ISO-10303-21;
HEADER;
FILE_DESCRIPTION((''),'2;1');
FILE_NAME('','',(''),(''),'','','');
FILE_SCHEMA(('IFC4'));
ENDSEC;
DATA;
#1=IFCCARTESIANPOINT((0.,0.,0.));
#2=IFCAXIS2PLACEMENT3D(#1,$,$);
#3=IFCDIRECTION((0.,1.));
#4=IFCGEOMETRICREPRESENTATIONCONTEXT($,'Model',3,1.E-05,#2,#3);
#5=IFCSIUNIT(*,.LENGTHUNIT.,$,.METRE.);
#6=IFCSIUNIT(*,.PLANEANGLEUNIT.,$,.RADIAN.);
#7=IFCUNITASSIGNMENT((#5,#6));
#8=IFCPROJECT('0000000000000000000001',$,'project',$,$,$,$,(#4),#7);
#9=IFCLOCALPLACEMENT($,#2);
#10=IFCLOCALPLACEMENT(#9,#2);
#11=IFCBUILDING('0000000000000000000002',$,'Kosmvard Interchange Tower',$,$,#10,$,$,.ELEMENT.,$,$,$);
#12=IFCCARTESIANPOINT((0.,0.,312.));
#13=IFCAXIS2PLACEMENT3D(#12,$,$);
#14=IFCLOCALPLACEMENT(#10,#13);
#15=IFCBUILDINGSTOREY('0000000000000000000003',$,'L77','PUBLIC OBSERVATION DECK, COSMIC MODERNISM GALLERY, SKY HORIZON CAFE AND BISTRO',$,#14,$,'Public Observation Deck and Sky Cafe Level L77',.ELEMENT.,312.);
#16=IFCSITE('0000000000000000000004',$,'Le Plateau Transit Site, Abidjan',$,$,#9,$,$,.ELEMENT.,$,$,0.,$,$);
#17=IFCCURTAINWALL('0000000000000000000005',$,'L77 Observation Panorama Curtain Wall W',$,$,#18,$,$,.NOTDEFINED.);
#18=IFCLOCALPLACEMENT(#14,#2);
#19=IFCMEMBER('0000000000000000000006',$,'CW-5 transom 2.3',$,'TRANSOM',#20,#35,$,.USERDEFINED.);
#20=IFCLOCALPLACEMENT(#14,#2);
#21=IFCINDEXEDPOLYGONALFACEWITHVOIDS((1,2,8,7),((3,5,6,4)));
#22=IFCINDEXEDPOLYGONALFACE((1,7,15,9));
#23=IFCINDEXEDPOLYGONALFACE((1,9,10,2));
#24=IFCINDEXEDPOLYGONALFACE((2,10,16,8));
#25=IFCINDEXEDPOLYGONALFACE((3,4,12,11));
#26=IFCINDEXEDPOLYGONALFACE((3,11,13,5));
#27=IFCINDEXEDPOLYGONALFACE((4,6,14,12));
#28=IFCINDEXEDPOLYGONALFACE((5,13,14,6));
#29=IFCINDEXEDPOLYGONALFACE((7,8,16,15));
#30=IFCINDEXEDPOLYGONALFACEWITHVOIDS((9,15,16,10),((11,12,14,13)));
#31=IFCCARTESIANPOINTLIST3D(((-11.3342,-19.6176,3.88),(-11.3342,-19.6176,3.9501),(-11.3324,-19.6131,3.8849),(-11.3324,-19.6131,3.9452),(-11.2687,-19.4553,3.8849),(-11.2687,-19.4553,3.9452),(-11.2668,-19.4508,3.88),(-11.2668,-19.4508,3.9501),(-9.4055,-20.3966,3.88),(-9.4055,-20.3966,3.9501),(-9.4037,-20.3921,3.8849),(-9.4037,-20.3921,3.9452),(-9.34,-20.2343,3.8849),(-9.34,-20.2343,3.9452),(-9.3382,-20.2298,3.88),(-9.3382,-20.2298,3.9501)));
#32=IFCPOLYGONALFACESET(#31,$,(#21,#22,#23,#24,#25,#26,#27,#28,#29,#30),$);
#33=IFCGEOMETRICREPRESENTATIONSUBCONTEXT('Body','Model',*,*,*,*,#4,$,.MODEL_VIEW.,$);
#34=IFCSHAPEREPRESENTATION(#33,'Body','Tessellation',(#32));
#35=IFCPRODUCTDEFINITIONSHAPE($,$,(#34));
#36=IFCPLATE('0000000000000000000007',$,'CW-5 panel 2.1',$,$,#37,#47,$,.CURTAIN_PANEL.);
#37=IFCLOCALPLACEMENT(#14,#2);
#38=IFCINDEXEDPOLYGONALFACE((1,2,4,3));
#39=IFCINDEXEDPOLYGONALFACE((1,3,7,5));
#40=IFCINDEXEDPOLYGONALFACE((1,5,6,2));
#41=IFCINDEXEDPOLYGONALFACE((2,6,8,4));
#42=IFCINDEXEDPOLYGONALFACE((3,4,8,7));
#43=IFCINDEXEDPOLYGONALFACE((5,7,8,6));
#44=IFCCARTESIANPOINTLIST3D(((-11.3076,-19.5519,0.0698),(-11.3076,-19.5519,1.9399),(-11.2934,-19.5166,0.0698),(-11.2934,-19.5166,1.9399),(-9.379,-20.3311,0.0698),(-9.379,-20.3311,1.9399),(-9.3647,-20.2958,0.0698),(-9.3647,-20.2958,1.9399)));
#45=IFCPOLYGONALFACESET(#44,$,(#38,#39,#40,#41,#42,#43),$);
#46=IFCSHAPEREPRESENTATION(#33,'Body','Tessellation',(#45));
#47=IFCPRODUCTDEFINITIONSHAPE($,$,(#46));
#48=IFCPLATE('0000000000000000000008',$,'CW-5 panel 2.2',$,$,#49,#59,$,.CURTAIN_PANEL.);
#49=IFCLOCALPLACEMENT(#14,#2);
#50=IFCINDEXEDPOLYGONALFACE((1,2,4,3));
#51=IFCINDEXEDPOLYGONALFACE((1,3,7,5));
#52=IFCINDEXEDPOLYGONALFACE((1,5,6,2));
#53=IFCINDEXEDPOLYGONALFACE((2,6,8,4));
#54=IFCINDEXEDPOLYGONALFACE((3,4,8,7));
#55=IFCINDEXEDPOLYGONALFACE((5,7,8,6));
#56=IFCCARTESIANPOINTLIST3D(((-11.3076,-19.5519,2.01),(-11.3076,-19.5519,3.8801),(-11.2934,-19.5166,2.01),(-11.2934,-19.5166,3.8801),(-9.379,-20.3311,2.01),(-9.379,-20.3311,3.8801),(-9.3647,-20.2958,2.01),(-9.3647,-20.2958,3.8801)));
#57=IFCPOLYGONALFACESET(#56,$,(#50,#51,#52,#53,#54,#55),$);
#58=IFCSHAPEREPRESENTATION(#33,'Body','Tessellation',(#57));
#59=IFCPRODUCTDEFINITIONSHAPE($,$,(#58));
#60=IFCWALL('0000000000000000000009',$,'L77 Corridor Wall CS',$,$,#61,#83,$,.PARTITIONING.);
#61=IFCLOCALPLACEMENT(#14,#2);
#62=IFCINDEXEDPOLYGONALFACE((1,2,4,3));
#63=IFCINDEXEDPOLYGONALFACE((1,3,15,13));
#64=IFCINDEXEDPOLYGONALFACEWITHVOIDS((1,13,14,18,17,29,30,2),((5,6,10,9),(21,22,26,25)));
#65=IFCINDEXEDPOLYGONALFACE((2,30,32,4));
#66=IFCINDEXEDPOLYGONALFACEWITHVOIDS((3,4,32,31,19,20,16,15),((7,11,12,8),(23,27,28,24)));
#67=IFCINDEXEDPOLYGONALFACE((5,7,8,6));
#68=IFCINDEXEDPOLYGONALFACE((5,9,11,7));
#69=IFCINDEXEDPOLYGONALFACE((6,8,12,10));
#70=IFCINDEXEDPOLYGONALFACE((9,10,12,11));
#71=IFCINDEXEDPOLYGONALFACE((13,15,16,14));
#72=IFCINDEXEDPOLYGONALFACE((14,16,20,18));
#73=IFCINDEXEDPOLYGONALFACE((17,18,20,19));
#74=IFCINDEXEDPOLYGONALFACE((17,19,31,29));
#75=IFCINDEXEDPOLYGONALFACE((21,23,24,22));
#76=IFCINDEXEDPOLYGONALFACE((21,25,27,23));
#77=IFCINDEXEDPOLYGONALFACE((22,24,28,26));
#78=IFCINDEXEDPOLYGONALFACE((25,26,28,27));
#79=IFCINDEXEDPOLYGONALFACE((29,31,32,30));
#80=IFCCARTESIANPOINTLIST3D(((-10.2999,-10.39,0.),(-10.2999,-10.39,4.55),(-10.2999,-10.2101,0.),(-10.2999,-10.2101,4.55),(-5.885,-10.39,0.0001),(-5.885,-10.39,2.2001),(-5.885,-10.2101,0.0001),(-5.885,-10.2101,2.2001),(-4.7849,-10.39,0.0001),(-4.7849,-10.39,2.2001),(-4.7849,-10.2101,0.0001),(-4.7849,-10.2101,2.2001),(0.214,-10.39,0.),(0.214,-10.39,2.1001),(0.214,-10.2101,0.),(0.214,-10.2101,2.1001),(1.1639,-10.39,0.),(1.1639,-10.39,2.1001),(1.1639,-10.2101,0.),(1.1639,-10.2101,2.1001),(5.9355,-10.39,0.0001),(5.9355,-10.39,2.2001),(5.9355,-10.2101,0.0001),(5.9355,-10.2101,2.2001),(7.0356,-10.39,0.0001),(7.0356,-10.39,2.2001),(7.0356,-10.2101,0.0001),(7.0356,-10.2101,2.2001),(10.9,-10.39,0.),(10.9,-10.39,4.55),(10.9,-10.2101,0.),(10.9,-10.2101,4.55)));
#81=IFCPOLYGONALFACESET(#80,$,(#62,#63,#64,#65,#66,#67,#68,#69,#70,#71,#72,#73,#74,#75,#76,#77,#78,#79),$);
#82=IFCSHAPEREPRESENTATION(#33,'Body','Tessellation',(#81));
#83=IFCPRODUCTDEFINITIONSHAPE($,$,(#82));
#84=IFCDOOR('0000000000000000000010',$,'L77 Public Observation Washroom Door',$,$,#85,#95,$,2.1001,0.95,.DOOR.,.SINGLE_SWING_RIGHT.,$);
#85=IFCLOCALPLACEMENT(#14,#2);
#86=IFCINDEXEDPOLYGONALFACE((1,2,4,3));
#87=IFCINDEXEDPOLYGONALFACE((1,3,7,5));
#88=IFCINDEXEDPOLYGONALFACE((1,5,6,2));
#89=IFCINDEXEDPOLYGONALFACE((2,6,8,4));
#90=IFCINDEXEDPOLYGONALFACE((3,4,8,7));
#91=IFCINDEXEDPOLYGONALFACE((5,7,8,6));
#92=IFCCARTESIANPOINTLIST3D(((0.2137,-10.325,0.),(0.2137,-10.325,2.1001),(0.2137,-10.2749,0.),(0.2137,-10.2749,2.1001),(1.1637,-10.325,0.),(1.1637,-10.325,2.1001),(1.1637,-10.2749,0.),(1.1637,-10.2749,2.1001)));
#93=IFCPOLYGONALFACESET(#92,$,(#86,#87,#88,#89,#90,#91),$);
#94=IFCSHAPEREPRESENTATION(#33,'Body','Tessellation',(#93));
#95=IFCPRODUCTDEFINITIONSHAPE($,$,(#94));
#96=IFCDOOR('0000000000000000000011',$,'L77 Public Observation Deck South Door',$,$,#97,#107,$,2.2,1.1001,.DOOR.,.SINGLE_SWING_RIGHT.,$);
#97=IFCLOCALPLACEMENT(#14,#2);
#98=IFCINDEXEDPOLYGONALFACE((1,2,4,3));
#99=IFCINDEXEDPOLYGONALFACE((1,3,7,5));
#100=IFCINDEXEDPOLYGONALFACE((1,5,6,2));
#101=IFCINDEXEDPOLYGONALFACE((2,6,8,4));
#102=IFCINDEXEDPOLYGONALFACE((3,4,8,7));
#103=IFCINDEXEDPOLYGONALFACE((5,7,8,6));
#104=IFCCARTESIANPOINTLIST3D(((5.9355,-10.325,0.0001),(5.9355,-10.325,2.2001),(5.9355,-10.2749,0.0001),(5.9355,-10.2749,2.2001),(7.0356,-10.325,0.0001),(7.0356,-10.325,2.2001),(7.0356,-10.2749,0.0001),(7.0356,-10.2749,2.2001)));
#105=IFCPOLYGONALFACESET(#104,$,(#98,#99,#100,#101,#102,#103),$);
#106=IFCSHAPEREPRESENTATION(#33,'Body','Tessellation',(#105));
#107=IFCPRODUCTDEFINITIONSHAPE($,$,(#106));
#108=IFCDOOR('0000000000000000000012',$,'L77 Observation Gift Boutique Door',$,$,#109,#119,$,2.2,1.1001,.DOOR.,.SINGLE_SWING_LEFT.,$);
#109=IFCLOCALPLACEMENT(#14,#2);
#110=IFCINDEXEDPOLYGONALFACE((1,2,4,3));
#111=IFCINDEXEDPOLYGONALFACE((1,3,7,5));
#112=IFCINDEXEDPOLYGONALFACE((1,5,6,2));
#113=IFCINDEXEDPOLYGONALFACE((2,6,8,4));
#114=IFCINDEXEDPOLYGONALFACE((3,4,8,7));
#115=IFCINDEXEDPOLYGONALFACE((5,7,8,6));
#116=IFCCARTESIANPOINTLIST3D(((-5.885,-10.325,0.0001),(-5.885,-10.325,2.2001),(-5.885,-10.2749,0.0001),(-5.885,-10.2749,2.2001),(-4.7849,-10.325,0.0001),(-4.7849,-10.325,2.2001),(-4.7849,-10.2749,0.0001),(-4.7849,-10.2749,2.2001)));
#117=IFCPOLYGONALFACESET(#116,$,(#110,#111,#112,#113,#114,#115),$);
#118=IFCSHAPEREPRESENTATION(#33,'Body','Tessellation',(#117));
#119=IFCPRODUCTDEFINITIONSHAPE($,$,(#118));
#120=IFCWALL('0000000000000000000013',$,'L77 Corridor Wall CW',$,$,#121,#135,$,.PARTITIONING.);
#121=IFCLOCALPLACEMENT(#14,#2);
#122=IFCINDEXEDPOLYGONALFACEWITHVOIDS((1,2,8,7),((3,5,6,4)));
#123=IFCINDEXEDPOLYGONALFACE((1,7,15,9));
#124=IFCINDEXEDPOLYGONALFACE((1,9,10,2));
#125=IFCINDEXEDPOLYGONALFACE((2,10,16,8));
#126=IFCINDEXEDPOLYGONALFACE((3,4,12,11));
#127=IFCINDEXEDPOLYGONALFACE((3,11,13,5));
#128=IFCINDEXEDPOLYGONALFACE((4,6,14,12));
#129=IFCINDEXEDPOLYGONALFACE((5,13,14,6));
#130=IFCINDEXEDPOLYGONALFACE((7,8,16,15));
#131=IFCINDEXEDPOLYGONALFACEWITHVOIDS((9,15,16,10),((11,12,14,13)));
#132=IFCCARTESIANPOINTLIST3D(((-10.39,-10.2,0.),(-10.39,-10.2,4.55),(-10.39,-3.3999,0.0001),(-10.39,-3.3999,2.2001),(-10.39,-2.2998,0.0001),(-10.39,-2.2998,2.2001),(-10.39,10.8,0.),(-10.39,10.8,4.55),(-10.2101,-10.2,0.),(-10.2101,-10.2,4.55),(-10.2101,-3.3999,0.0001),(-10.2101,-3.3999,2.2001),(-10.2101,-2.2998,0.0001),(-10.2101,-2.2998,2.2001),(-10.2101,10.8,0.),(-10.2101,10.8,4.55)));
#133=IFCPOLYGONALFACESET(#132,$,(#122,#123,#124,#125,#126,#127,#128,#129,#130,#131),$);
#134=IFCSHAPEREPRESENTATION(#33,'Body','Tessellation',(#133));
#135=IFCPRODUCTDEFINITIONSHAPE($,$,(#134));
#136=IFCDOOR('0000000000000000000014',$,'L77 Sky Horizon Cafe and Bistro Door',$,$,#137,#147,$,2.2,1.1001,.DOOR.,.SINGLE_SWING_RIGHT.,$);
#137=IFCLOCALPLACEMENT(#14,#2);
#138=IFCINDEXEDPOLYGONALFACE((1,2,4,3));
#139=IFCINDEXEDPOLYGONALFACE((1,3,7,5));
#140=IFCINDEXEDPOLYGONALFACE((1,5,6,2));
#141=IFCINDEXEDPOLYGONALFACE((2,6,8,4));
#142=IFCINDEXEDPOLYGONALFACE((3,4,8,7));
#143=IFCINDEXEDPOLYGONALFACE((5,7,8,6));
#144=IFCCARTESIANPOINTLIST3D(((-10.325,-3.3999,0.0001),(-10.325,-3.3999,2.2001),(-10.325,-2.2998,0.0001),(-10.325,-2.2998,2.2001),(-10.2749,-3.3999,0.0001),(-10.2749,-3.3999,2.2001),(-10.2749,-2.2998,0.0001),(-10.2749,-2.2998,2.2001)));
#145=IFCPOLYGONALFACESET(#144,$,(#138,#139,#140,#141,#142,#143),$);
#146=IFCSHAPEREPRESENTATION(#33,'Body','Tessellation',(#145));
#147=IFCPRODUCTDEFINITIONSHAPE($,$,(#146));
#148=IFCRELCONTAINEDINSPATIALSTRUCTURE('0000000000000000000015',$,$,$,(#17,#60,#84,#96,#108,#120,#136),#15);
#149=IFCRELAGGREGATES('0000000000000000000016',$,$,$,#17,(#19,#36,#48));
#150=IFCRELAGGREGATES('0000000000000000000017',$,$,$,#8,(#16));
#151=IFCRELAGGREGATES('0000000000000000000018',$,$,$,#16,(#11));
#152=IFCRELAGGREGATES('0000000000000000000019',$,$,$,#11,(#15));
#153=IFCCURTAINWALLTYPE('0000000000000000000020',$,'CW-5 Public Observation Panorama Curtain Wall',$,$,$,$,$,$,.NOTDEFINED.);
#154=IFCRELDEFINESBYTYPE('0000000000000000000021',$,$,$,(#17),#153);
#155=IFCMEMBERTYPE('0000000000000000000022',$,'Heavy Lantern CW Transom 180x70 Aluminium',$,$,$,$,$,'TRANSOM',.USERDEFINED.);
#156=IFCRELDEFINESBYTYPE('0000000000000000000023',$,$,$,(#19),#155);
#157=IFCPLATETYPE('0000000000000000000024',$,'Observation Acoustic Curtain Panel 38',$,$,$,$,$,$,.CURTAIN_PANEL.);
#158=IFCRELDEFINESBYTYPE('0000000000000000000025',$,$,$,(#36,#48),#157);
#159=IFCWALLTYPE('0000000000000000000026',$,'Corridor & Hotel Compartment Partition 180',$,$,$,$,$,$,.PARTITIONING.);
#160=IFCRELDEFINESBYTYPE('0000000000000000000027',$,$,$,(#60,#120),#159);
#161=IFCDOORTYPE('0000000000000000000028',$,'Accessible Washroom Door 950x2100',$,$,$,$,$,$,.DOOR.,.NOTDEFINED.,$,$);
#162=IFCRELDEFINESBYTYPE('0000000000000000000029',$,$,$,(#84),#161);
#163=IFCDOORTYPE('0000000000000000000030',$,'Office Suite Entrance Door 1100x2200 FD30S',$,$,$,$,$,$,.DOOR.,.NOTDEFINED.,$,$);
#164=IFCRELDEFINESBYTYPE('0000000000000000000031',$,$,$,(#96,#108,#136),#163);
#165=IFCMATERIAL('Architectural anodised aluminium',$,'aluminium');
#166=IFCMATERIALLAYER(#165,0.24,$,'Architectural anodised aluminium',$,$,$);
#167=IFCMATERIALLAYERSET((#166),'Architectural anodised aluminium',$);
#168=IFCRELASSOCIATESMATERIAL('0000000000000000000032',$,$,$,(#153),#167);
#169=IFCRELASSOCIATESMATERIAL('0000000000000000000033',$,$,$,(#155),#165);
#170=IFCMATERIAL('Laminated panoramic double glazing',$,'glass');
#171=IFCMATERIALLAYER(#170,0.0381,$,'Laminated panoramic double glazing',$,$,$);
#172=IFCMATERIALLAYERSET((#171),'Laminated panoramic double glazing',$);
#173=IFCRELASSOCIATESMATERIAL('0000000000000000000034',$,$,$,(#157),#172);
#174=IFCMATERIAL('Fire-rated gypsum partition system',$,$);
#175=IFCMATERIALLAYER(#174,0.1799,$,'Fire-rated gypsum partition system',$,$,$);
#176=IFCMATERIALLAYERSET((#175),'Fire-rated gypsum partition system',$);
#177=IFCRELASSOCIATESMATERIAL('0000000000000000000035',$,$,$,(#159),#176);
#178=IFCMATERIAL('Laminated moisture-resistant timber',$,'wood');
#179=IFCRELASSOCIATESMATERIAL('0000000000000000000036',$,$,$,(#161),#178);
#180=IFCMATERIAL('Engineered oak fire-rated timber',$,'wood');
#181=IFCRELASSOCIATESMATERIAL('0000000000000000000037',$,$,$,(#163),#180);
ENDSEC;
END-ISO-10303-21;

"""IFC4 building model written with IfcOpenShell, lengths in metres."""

from ifc_helpers import new_model, si_unit, direction, frame, frame_2d, origin, origin_2d, place, context, subcontext, project, spatial, rectangle, hollow_rectangle, extrude, source, transform, mapped, material, layer, layer_set, material_profile, profile_set, type_object, element, fill, aggregate, save


model = new_model("IFC4")

# Units and contexts
model_context = context("Model", 3, precision=1e-05, world=origin(), true_north=direction((0.0, 1.0)))
body_context = subcontext(model_context, "Body", "Model", "MODEL_VIEW")
ifc_project = project(units=[si_unit("LENGTHUNIT", "METRE"), si_unit("PLANEANGLEUNIT", "RADIAN")], contexts=[model_context])

# Site, building, storey
site_placement = place(None, origin())
site = spatial("IfcSite", under=ifc_project, at=site_placement, Name="Le Plateau Transit Site, Abidjan", CompositionType="ELEMENT", RefElevation=0.0)
building_placement = place(site_placement, origin())
building = spatial("IfcBuilding", under=site, at=building_placement, Name="Kosmvard Interchange Tower", CompositionType="ELEMENT")
storey_placement = place(building_placement, frame((0.0, 0.0, 312.0)))
storey = spatial("IfcBuildingStorey", under=building, at=storey_placement, Name="L77", Description="PUBLIC OBSERVATION DECK, COSMIC MODERNISM GALLERY, SKY HORIZON CAFE AND BISTRO", LongName="Public Observation Deck and Sky Cafe Level L77", CompositionType="ELEMENT", Elevation=312.0)

# Curtain wall, member, plates
ifc_material_1 = material(Name="Architectural anodised aluminium", Category="aluminium")
ifc_layer_1 = layer(ifc_material_1, 0.24, Name="Architectural anodised aluminium")
ifc_layer_set_1 = layer_set([ifc_layer_1], Name="Architectural anodised aluminium")
curtain_wall_type = type_object("IfcCurtainWallType", Name="CW-5 Public Observation Panorama Curtain Wall", PredefinedType="NOTDEFINED", material=ifc_layer_set_1)
curtain_wall_placement = place(storey_placement, origin())
curtain_wall = element("IfcCurtainWall", 1, at=curtain_wall_placement, inside=storey, type_object=curtain_wall_type, Name="L77 Observation Panorama Curtain Wall W", PredefinedType="NOTDEFINED")
ifc_material_profile_1 = material_profile(ifc_material_1, hollow_rectangle(XDim=0.1799, YDim=0.0701, WallThickness=0.0049, at=origin_2d()), Name="CWT 180x70x5")
ifc_profile_set_1 = profile_set([ifc_material_profile_1], Name="Architectural anodised aluminium")
member_type_1 = type_object("IfcMemberType", Name="Heavy Lantern CW Transom 180x70 Aluminium", ElementType="TRANSOM", PredefinedType="USERDEFINED", material=ifc_profile_set_1)
shared_shape_1 = source(origin(), body_context, "Body", "SweptSolid", [
    extrude(hollow_rectangle(XDim=0.1799, YDim=0.0701, WallThickness=0.0049, at=origin_2d()), origin(), (0.0, 0.0, 1.0), 2.0801),
])
member_1_placement = place(storey_placement, frame((-11.3005, -19.5342, 3.915), z_axis=(0.927217, -0.374525, 0.0), x_axis=(0.374525, 0.927217, 0.0)))
member_1 = element("IfcMember", 2, at=member_1_placement, type_object=member_type_1, Name="CW-5 transom 2.3", ObjectType="TRANSOM", PredefinedType="USERDEFINED", context=body_context, shape_type="MappedRepresentation", body=[
    mapped(shared_shape_1, transform((0.0, 0.0, 0.0), scale=1.0)),
])
ifc_material_2 = material(Name="Laminated panoramic double glazing", Category="glass")
ifc_layer_2 = layer(ifc_material_2, 0.0381, Name="Laminated panoramic double glazing")
ifc_layer_set_2 = layer_set([ifc_layer_2], Name="Laminated panoramic double glazing")
plate_type = type_object("IfcPlateType", Name="Observation Acoustic Curtain Panel 38", PredefinedType="CURTAIN_PANEL", material=ifc_layer_set_2)
shared_shape_2 = source(origin(), body_context, "Body", "SweptSolid", [
    extrude(rectangle(XDim=2.0801, YDim=0.0381, at=origin_2d()), origin(), (0.0, 0.0, 1.0), 1.8701),
])
plate_1_placement = place(storey_placement, frame((-10.3362, -19.9238, 0.0698), z_axis=(0.0, 0.0, 1.0), x_axis=(0.927184, -0.374607, 0.0)))
plate_1 = element("IfcPlate", 3, at=plate_1_placement, type_object=plate_type, Name="CW-5 panel 2.1", PredefinedType="CURTAIN_PANEL", context=body_context, shape_type="MappedRepresentation", body=[
    mapped(shared_shape_2, transform((0.0, 0.0, 0.0), scale=1.0)),
])
plate_2_placement = place(storey_placement, frame((-10.3362, -19.9238, 2.01), z_axis=(0.0, 0.0, 1.0), x_axis=(0.927184, -0.374607, 0.0)))
plate_2 = element("IfcPlate", 4, at=plate_2_placement, type_object=plate_type, Name="CW-5 panel 2.2", PredefinedType="CURTAIN_PANEL", context=body_context, shape_type="MappedRepresentation", body=[
    mapped(shared_shape_2, transform((0.0, 0.0, 0.0), scale=1.0)),
])
aggregate(curtain_wall, [member_1, plate_1, plate_2])

# Wall, openings, doors
ifc_material_3 = material(Name="Fire-rated gypsum partition system")
ifc_layer_3 = layer(ifc_material_3, 0.1799, Name="Fire-rated gypsum partition system")
ifc_layer_set_3 = layer_set([ifc_layer_3], Name="Fire-rated gypsum partition system")
wall_type_1 = type_object("IfcWallType", Name="Corridor & Hotel Compartment Partition 180", PredefinedType="PARTITIONING", material=ifc_layer_set_3)
wall_1_placement = place(storey_placement, frame((-10.3, -10.3, 0.0), z_axis=(0.0, 0.0, 1.0), x_axis=(1.0, 0.0, 0.0)))
wall_1 = element("IfcWall", 5, at=wall_1_placement, inside=storey, type_object=wall_type_1, Name="L77 Corridor Wall CS", PredefinedType="PARTITIONING", context=body_context, shape_type="SweptSolid", body=[
    extrude(rectangle(XDim=21.2, YDim=0.1799, at=frame_2d((10.6001, 0.0))), origin(), (0.0, 0.0, 1.0), 4.55),
])
opening_1_placement = place(wall_1_placement, frame((10.5139, 0.0, 0.0)))
opening_1 = element("IfcOpeningElement", 6, at=opening_1_placement, cuts=wall_1, PredefinedType="OPENING", context=body_context, shape_type="SweptSolid", body=[
    extrude(rectangle(XDim=0.95, YDim=2.1001, at=frame_2d((0.4751, 1.05))), frame((0.0, 0.1001, 0.0), z_axis=(0.0, -1.0, 0.0), x_axis=(1.0, 0.0, 0.0)), (0.0, 0.0, 1.0), 0.2),
])
opening_2_placement = place(wall_1_placement, frame((16.2356, 0.0, 0.0)))
opening_2 = element("IfcOpeningElement", 7, at=opening_2_placement, cuts=wall_1, PredefinedType="OPENING", context=body_context, shape_type="SweptSolid", body=[
    extrude(rectangle(XDim=1.1001, YDim=2.2, at=frame_2d((0.55, 1.1001))), frame((0.0, 0.1001, 0.0), z_axis=(0.0, -1.0, 0.0), x_axis=(1.0, 0.0, 0.0)), (0.0, 0.0, 1.0), 0.2),
])
opening_3_placement = place(wall_1_placement, frame((4.415, 0.0, 0.0)))
opening_3 = element("IfcOpeningElement", 8, at=opening_3_placement, cuts=wall_1, PredefinedType="OPENING", context=body_context, shape_type="SweptSolid", body=[
    extrude(rectangle(XDim=1.1001, YDim=2.2, at=frame_2d((0.55, 1.1001))), frame((0.0, 0.1001, 0.0), z_axis=(0.0, -1.0, 0.0), x_axis=(1.0, 0.0, 0.0)), (0.0, 0.0, 1.0), 0.2),
])
ifc_material_4 = material(Name="Laminated moisture-resistant timber", Category="wood")
door_type_1 = type_object("IfcDoorType", Name="Accessible Washroom Door 950x2100", OperationType="NOTDEFINED", PredefinedType="DOOR", material=ifc_material_4)
shared_shape_3 = source(origin(), body_context, "Body", "SweptSolid", [
    extrude(rectangle(XDim=0.95, YDim=2.1001, at=frame_2d((0.4751, 1.05))), frame((0.0, 0.0249, 0.0), z_axis=(0.0, -1.0, 0.0), x_axis=(1.0, 0.0, 0.0)), (0.0, 0.0, 1.0), 0.05),
])
door_1_placement = place(opening_1_placement, frame((0.95, 0.0, 0.0), z_axis=(0.0, 0.0, 1.0), x_axis=(-1.0, 0.0, 0.0)))
door_1 = element("IfcDoor", 9, at=door_1_placement, inside=storey, type_object=door_type_1, Name="L77 Public Observation Washroom Door", OperationType="SINGLE_SWING_RIGHT", OverallHeight=2.1001, OverallWidth=0.95, PredefinedType="DOOR", context=body_context, shape_type="MappedRepresentation", body=[
    mapped(shared_shape_3, transform((0.0, 0.0, 0.0), scale=1.0)),
])
fill(opening_1, door_1)
ifc_material_5 = material(Name="Engineered oak fire-rated timber", Category="wood")
door_type_2 = type_object("IfcDoorType", Name="Office Suite Entrance Door 1100x2200 FD30S", OperationType="NOTDEFINED", PredefinedType="DOOR", material=ifc_material_5)
shared_shape_4 = source(origin(), body_context, "Body", "SweptSolid", [
    extrude(rectangle(XDim=1.1001, YDim=2.2, at=frame_2d((0.55, 1.1001))), frame((0.0, 0.0249, 0.0), z_axis=(0.0, -1.0, 0.0), x_axis=(1.0, 0.0, 0.0)), (0.0, 0.0, 1.0), 0.05),
])
door_2_placement = place(opening_2_placement, frame((1.1001, 0.0, 0.0), z_axis=(0.0, 0.0, 1.0), x_axis=(-1.0, 0.0, 0.0)))
door_2 = element("IfcDoor", 10, at=door_2_placement, inside=storey, type_object=door_type_2, Name="L77 Public Observation Deck South Door", OperationType="SINGLE_SWING_RIGHT", OverallHeight=2.2, OverallWidth=1.1001, PredefinedType="DOOR", context=body_context, shape_type="MappedRepresentation", body=[
    mapped(shared_shape_4, transform((0.0, 0.0, 0.0), scale=1.0)),
])
fill(opening_2, door_2)
door_3_placement = place(opening_3_placement, frame((1.1001, 0.0, 0.0), z_axis=(0.0, 0.0, 1.0), x_axis=(-1.0, 0.0, 0.0)))
door_3 = element("IfcDoor", 11, at=door_3_placement, inside=storey, type_object=door_type_2, Name="L77 Observation Gift Boutique Door", OperationType="SINGLE_SWING_LEFT", OverallHeight=2.2, OverallWidth=1.1001, PredefinedType="DOOR", context=body_context, shape_type="MappedRepresentation", body=[
    mapped(shared_shape_4, transform((0.0, 0.0, 0.0), scale=1.0)),
])
fill(opening_3, door_3)

# Wall, opening, door
wall_2_placement = place(storey_placement, frame((-10.3, -10.2, 0.0), z_axis=(0.0, 0.0, 1.0), x_axis=(0.0, 1.0, 0.0)))
wall_2 = element("IfcWall", 12, at=wall_2_placement, inside=storey, type_object=wall_type_1, Name="L77 Corridor Wall CW", PredefinedType="PARTITIONING", context=body_context, shape_type="SweptSolid", body=[
    extrude(rectangle(XDim=21.0, YDim=0.1799, at=frame_2d((10.5, 0.0))), origin(), (0.0, 0.0, 1.0), 4.55),
])
opening_4_placement = place(wall_2_placement, frame((6.8, 0.0, 0.0)))
opening_4 = element("IfcOpeningElement", 13, at=opening_4_placement, cuts=wall_2, PredefinedType="OPENING", context=body_context, shape_type="SweptSolid", body=[
    extrude(rectangle(XDim=1.1001, YDim=2.2, at=frame_2d((0.55, 1.1001))), frame((0.0, 0.1001, 0.0), z_axis=(0.0, -1.0, 0.0), x_axis=(1.0, 0.0, 0.0)), (0.0, 0.0, 1.0), 0.2),
])
door_4_placement = place(opening_4_placement, origin())
door_4 = element("IfcDoor", 14, at=door_4_placement, inside=storey, type_object=door_type_2, Name="L77 Sky Horizon Cafe and Bistro Door", OperationType="SINGLE_SWING_RIGHT", OverallHeight=2.2, OverallWidth=1.1001, PredefinedType="DOOR", context=body_context, shape_type="MappedRepresentation", body=[
    mapped(shared_shape_4, transform((0.0, 0.0, 0.0), scale=1.0)),
])
fill(opening_4, door_4)

save(model, "model.ifc")
